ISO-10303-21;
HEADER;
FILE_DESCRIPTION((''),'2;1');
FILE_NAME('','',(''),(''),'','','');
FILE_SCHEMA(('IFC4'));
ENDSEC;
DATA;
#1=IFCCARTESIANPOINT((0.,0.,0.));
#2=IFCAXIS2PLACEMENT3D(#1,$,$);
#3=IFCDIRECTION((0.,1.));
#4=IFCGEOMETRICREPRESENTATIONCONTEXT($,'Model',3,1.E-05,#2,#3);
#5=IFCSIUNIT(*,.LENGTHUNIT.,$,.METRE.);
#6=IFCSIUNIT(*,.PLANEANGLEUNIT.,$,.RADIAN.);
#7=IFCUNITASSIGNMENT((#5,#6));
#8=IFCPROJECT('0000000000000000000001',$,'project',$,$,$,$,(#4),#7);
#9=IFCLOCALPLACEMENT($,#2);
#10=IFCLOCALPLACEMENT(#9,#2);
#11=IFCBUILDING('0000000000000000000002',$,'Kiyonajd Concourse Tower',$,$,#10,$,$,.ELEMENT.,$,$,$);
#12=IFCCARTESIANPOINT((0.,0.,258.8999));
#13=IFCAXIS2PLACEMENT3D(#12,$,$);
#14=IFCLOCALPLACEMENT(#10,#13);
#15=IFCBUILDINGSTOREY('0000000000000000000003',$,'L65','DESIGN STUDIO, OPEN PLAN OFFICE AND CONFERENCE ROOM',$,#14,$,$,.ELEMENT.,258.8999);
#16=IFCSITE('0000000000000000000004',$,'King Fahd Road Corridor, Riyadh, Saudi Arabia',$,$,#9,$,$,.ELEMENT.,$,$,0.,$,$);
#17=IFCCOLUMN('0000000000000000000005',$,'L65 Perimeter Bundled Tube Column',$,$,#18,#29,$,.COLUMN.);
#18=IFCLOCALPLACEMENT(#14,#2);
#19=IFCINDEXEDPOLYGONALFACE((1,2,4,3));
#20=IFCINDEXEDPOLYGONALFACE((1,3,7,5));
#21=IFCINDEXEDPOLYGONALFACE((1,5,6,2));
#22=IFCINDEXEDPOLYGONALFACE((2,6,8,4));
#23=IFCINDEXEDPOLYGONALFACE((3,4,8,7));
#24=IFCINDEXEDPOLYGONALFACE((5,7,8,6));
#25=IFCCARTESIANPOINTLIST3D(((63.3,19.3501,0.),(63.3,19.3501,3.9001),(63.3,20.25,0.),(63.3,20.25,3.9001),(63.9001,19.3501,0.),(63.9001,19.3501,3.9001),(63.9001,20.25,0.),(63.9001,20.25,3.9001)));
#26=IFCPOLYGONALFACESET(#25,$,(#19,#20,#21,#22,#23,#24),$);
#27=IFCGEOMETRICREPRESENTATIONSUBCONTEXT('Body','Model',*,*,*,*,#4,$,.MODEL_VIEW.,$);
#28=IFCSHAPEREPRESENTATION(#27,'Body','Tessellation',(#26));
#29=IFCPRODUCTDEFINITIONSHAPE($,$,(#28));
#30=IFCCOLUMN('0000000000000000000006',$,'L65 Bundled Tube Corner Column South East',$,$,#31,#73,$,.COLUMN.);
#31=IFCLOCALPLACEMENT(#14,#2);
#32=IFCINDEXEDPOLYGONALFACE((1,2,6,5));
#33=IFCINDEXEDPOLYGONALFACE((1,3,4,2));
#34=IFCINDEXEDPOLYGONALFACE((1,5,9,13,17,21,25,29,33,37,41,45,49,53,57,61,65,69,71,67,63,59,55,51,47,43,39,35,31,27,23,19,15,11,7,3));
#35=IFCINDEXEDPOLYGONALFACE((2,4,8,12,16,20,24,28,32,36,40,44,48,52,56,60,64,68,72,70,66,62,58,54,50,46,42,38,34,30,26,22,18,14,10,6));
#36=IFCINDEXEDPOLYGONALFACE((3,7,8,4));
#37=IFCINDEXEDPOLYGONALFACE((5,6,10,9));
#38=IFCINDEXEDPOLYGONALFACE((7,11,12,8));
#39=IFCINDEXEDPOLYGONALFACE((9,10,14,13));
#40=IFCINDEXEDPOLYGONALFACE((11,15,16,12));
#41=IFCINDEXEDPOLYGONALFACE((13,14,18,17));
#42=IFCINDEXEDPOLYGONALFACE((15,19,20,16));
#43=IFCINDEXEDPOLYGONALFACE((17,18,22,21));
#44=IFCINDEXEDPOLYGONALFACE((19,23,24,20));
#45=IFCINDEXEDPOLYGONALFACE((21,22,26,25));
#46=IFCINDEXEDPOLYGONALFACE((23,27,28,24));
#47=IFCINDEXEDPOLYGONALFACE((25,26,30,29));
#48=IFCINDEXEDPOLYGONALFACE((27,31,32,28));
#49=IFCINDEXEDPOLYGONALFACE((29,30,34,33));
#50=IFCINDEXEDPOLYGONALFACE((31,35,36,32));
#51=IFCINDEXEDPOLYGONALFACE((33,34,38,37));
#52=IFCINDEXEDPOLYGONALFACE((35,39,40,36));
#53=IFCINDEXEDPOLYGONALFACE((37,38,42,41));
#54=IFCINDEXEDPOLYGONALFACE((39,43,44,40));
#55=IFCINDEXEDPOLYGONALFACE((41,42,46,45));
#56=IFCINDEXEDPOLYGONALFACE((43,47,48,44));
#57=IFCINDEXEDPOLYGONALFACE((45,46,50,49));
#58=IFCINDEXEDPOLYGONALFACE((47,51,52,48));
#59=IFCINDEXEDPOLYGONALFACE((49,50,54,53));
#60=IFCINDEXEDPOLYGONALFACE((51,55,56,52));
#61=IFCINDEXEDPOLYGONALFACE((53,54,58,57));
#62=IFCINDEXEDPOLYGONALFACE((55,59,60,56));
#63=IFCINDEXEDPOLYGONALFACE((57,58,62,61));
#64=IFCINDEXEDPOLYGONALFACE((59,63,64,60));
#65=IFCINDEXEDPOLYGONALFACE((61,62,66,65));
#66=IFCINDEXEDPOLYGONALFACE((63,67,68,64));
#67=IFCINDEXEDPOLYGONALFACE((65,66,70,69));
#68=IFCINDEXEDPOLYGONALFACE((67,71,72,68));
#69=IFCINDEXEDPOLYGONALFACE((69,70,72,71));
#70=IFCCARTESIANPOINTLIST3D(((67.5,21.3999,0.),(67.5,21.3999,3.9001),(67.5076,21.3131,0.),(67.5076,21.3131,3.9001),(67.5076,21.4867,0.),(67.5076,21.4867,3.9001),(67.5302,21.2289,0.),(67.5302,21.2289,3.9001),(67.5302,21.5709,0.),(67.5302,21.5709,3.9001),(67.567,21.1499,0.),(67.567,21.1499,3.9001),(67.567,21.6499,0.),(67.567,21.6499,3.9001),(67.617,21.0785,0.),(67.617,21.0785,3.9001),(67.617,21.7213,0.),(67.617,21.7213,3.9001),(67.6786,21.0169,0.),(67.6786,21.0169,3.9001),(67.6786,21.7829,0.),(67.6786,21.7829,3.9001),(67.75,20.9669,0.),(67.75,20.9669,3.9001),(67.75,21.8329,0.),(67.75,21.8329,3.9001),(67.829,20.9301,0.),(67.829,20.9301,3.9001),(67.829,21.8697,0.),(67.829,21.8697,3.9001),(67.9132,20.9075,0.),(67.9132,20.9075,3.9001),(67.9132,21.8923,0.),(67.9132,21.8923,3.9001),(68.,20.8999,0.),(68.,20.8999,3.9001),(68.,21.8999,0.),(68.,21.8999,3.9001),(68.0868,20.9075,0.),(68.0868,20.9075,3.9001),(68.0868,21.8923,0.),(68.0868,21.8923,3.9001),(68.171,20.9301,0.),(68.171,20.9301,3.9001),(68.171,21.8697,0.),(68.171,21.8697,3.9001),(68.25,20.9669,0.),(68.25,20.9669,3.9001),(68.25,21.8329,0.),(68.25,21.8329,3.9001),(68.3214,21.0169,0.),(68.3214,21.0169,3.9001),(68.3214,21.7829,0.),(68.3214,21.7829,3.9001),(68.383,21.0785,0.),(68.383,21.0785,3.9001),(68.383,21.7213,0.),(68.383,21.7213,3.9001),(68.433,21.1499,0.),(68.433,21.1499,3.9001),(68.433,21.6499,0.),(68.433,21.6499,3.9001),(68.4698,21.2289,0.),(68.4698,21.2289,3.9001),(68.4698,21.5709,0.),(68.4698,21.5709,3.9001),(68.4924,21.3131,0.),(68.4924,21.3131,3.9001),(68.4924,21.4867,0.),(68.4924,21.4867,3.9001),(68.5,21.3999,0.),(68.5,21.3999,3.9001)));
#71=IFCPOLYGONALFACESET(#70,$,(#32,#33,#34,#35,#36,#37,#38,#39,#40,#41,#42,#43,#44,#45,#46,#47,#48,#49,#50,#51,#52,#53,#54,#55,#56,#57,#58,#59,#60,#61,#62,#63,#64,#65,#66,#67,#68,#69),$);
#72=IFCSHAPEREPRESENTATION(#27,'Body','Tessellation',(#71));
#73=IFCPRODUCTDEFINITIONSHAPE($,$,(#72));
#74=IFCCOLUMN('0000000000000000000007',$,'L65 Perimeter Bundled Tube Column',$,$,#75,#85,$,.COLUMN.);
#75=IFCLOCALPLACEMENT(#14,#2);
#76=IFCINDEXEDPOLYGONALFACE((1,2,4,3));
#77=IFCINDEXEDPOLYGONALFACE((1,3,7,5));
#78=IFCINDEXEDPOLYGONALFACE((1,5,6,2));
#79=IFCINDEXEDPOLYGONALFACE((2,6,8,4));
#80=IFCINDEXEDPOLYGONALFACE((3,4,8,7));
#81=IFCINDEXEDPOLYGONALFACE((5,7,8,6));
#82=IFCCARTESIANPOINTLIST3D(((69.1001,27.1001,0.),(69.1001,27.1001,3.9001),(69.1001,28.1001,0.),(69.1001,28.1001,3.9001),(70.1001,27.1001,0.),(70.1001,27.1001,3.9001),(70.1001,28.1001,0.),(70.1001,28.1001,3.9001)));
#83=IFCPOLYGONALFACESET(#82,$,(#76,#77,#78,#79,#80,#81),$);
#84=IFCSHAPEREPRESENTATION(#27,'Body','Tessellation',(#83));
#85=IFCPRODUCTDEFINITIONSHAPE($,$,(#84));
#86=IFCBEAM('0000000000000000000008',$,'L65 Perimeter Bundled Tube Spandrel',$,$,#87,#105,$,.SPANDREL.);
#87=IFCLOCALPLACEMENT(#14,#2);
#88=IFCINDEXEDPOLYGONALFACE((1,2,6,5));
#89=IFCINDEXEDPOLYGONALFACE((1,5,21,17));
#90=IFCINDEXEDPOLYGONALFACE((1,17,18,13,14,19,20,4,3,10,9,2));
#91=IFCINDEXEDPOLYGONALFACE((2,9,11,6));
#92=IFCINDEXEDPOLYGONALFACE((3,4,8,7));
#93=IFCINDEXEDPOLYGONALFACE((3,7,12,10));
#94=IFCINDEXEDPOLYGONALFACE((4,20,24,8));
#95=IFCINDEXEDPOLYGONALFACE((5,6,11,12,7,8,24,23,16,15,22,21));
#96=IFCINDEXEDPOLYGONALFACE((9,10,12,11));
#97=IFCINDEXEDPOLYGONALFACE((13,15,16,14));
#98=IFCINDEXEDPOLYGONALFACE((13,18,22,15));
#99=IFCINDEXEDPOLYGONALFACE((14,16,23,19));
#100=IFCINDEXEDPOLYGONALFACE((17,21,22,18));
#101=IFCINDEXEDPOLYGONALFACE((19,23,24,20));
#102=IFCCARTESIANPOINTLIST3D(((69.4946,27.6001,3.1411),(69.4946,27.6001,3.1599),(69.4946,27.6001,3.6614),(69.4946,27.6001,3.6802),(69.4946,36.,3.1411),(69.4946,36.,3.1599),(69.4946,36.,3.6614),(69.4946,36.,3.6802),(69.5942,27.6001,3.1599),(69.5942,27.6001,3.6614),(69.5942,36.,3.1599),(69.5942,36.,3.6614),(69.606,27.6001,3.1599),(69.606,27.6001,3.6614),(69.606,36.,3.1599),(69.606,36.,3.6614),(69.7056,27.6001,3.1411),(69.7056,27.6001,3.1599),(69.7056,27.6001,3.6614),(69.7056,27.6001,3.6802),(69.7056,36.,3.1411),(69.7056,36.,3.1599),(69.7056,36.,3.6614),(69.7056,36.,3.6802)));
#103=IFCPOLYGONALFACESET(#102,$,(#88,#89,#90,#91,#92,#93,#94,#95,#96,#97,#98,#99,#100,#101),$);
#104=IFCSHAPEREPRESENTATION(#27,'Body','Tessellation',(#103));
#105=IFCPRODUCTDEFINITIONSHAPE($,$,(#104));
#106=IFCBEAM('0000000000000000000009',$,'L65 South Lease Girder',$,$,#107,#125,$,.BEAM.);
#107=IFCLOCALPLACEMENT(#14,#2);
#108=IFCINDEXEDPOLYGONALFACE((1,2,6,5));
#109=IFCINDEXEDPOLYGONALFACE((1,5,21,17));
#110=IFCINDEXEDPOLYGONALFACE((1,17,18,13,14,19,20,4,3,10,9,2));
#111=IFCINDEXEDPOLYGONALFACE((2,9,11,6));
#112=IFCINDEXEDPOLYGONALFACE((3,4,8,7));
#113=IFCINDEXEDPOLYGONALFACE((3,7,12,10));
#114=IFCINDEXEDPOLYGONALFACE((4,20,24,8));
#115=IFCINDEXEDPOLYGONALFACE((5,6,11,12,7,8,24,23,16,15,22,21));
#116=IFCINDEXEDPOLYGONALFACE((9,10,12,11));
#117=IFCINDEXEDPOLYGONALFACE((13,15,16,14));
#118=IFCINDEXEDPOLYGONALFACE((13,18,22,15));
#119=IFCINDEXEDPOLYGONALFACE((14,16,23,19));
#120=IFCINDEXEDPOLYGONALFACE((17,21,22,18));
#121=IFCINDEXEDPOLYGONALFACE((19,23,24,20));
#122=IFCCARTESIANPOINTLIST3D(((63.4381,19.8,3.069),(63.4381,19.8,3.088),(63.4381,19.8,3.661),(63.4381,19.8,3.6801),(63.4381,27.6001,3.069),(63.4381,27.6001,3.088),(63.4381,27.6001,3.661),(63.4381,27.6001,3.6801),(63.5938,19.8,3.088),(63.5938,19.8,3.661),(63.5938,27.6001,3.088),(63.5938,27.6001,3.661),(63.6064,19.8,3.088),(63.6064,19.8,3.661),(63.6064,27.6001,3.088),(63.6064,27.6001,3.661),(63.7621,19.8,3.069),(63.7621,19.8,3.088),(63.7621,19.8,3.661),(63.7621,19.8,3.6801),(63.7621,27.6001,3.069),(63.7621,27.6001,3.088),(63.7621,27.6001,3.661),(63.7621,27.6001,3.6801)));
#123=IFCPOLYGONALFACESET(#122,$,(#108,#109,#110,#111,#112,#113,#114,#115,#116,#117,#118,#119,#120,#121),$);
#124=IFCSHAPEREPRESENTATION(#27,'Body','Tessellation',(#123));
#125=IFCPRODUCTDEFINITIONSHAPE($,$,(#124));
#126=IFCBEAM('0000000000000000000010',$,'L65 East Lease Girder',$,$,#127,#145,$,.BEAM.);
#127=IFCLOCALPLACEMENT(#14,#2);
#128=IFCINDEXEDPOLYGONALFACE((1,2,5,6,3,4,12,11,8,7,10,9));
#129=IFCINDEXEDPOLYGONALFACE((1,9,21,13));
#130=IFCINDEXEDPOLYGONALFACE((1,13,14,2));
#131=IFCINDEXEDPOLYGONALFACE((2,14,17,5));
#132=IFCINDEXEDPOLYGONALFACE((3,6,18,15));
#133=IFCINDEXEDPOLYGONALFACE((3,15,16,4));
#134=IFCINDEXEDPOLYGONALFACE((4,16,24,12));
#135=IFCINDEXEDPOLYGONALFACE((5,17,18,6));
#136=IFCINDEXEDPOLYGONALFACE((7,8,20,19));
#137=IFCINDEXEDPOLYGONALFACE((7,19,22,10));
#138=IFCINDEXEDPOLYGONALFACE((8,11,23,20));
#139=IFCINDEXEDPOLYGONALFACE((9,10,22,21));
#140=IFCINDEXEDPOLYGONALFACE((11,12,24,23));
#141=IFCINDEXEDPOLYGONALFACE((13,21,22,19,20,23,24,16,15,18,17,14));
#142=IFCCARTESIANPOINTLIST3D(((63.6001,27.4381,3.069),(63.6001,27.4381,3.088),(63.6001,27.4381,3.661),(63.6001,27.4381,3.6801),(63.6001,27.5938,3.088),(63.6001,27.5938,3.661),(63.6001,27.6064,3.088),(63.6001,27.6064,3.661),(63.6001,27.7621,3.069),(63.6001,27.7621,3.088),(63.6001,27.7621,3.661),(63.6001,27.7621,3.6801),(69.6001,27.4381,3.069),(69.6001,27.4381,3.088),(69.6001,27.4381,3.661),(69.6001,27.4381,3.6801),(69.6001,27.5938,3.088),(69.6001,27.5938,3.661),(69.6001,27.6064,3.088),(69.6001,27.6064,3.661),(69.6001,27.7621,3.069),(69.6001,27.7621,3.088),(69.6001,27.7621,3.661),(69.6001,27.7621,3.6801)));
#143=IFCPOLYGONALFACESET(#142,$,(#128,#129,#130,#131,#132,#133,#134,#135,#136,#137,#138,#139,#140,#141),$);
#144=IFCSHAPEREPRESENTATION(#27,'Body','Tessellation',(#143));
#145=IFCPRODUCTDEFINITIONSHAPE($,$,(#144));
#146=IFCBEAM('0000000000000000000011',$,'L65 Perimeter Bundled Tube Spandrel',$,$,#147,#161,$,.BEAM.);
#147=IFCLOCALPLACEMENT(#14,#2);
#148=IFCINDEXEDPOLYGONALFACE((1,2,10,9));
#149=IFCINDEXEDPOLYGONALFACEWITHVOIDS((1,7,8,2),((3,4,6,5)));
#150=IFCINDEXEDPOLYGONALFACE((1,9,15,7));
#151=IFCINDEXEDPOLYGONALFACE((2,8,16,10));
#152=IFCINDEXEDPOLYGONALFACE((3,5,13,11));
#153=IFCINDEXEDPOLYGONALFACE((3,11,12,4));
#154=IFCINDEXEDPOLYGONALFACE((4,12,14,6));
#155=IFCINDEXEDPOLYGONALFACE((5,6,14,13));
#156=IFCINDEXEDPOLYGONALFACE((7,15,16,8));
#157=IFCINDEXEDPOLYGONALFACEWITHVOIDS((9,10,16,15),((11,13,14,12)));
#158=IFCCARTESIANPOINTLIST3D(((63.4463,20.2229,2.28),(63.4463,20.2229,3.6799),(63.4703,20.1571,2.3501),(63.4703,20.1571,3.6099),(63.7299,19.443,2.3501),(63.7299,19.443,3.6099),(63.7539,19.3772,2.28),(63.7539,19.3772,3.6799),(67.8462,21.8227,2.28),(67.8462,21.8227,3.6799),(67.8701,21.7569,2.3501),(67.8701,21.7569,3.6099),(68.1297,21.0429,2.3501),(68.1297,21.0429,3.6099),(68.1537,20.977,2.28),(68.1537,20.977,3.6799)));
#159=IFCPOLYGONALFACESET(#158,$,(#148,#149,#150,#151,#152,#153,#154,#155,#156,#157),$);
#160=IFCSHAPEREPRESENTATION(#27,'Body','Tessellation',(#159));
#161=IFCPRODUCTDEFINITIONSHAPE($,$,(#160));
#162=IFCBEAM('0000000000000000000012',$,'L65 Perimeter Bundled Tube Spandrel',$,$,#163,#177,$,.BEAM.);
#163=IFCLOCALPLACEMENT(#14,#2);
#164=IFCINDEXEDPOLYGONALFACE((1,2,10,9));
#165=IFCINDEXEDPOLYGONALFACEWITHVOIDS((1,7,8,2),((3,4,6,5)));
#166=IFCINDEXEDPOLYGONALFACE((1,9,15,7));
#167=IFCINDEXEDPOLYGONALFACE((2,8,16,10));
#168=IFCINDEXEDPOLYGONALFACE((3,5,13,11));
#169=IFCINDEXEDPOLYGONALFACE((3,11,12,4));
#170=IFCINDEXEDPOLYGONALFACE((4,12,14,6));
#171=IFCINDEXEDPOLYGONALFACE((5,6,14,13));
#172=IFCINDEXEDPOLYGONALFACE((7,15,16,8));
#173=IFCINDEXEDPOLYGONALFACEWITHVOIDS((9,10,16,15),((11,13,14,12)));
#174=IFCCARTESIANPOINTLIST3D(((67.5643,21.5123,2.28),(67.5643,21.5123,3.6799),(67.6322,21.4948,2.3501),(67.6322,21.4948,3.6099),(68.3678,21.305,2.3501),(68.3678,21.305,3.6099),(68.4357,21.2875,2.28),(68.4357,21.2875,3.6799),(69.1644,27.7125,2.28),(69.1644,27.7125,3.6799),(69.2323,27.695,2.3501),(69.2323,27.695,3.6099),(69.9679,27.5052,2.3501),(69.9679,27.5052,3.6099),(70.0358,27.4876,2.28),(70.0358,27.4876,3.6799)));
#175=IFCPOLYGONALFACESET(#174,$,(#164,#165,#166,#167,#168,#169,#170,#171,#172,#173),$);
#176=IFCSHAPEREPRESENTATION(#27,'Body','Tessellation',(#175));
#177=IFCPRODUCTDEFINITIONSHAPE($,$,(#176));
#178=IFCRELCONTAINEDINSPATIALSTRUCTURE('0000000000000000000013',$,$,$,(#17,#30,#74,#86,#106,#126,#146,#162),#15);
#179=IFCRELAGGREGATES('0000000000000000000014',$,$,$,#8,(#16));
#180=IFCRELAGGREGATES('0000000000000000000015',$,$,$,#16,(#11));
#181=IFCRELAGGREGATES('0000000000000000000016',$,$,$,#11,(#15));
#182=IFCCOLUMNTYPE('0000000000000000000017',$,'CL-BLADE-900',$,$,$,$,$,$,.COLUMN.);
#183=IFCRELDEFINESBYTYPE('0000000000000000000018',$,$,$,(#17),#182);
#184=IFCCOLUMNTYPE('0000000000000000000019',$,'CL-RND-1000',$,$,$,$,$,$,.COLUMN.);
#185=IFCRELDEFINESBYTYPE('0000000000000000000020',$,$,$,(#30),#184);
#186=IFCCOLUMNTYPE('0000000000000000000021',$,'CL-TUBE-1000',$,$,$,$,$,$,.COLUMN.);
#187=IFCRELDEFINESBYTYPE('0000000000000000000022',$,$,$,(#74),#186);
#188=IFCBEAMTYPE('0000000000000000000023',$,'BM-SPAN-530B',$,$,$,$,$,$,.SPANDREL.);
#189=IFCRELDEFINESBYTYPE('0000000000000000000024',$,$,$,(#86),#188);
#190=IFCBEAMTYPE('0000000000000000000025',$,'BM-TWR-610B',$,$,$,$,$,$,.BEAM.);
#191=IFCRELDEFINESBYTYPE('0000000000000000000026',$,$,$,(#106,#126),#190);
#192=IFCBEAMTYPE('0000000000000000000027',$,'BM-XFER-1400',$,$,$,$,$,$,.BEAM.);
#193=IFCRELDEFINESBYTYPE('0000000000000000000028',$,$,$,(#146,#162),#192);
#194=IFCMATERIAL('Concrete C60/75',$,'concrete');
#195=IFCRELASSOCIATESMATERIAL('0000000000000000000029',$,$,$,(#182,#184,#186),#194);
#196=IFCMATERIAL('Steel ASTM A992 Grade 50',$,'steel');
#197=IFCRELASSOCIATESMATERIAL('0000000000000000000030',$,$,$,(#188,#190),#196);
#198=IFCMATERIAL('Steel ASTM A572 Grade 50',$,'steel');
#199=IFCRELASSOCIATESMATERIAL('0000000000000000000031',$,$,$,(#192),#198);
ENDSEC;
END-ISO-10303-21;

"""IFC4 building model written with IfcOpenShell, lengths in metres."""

from ifc_helpers import new_model, si_unit, direction, frame, origin, origin_2d, place, context, subcontext, project, spatial, rectangle, hollow_rectangle, circle, i_section, extrude, material, material_profile, profile_set, type_object, element, save


model = new_model("IFC4")

# Units and contexts
model_context = context("Model", 3, precision=1e-05, world=origin(), true_north=direction((0.0, 1.0)))
body_context = subcontext(model_context, "Body", "Model", "MODEL_VIEW")
ifc_project = project(units=[si_unit("LENGTHUNIT", "METRE"), si_unit("PLANEANGLEUNIT", "RADIAN")], contexts=[model_context])

# Site, building, storey
site_placement = place(None, origin())
site = spatial("IfcSite", under=ifc_project, at=site_placement, Name="King Fahd Road Corridor, Riyadh, Saudi Arabia", CompositionType="ELEMENT", RefElevation=0.0)
building_placement = place(site_placement, origin())
building = spatial("IfcBuilding", under=site, at=building_placement, Name="Kiyonajd Concourse Tower", CompositionType="ELEMENT")
storey_placement = place(building_placement, frame((0.0, 0.0, 258.8999)))
storey = spatial("IfcBuildingStorey", under=building, at=storey_placement, Name="L65", Description="DESIGN STUDIO, OPEN PLAN OFFICE AND CONFERENCE ROOM", CompositionType="ELEMENT", Elevation=258.8999)

# Columns
ifc_material_1 = material(Name="Concrete C60/75", Category="concrete")
ifc_material_profile_1 = material_profile(ifc_material_1, rectangle(XDim=0.6001, YDim=0.8999, at=origin_2d()), Name="RC-900x600")
ifc_profile_set_1 = profile_set([ifc_material_profile_1], Name="Concrete C60/75")
column_type_1 = type_object("IfcColumnType", Name="CL-BLADE-900", PredefinedType="COLUMN", material=ifc_profile_set_1)
column_1_placement = place(storey_placement, frame((63.6001, 19.8, 0.0), z_axis=(0.0, 0.0, 1.0), x_axis=(1.0, 0.0, 0.0)))
element("IfcColumn", 1, at=column_1_placement, inside=storey, type_object=column_type_1, Name="L65 Perimeter Bundled Tube Column", PredefinedType="COLUMN", context=body_context, shape_type="SweptSolid", body=[
    extrude(rectangle(XDim=0.6001, YDim=0.8999, at=origin_2d()), origin(), (0.0, 0.0, 1.0), 3.9001),
])
ifc_material_profile_2 = material_profile(ifc_material_1, circle(Radius=0.5, at=origin_2d()), Name="RCC-D1000")
ifc_profile_set_2 = profile_set([ifc_material_profile_2], Name="Concrete C60/75")
column_type_2 = type_object("IfcColumnType", Name="CL-RND-1000", PredefinedType="COLUMN", material=ifc_profile_set_2)
column_2_placement = place(storey_placement, frame((68.0, 21.3999, 0.0), z_axis=(0.0, 0.0, 1.0), x_axis=(1.0, 0.0, 0.0)))
element("IfcColumn", 2, at=column_2_placement, inside=storey, type_object=column_type_2, Name="L65 Bundled Tube Corner Column South East", PredefinedType="COLUMN", context=body_context, shape_type="SweptSolid", body=[
    extrude(circle(Radius=0.5, at=origin_2d()), origin(), (0.0, 0.0, 1.0), 3.9001),
])
ifc_material_profile_3 = material_profile(ifc_material_1, rectangle(XDim=1.0, YDim=1.0, at=origin_2d()), Name="RC-1000x1000")
ifc_profile_set_3 = profile_set([ifc_material_profile_3], Name="Concrete C60/75")
column_type_3 = type_object("IfcColumnType", Name="CL-TUBE-1000", PredefinedType="COLUMN", material=ifc_profile_set_3)
column_3_placement = place(storey_placement, frame((69.6001, 27.6001, 0.0), z_axis=(0.0, 0.0, 1.0), x_axis=(1.0, 0.0, 0.0)))
element("IfcColumn", 3, at=column_3_placement, inside=storey, type_object=column_type_3, Name="L65 Perimeter Bundled Tube Column", PredefinedType="COLUMN", context=body_context, shape_type="SweptSolid", body=[
    extrude(rectangle(XDim=1.0, YDim=1.0, at=origin_2d()), origin(), (0.0, 0.0, 1.0), 3.9001),
])

# Beams
ifc_material_2 = material(Name="Steel ASTM A992 Grade 50", Category="steel")
ifc_material_profile_4 = material_profile(ifc_material_2, i_section(OverallWidth=0.2109, OverallDepth=0.5391, WebThickness=0.0117, FlangeThickness=0.0188, at=origin_2d()), Name="W530X109")
ifc_profile_set_4 = profile_set([ifc_material_profile_4], Name="Steel ASTM A992 Grade 50")
beam_type_1 = type_object("IfcBeamType", Name="BM-SPAN-530B", PredefinedType="SPANDREL", material=ifc_profile_set_4)
beam_1_placement = place(storey_placement, frame((69.6001, 27.6001, 3.4106), z_axis=(0.0, 1.0, 0.0), x_axis=(-1.0, 0.0, 0.0)))
element("IfcBeam", 4, at=beam_1_placement, inside=storey, type_object=beam_type_1, Name="L65 Perimeter Bundled Tube Spandrel", PredefinedType="SPANDREL", context=body_context, shape_type="SweptSolid", body=[
    extrude(i_section(OverallWidth=0.2109, OverallDepth=0.5391, WebThickness=0.0117, FlangeThickness=0.0188, at=origin_2d()), origin(), (0.0, 0.0, 1.0), 8.3999),
])
ifc_material_profile_5 = material_profile(ifc_material_2, i_section(OverallWidth=0.324, OverallDepth=0.6111, WebThickness=0.0127, FlangeThickness=0.019, at=origin_2d()), Name="W610X155")
ifc_profile_set_5 = profile_set([ifc_material_profile_5], Name="Steel ASTM A992 Grade 50")
beam_type_2 = type_object("IfcBeamType", Name="BM-TWR-610B", PredefinedType="BEAM", material=ifc_profile_set_5)
beam_2_placement = place(storey_placement, frame((63.6001, 19.8, 3.3745), z_axis=(0.0, 1.0, 0.0), x_axis=(-1.0, 0.0, 0.0)))
element("IfcBeam", 5, at=beam_2_placement, inside=storey, type_object=beam_type_2, Name="L65 South Lease Girder", PredefinedType="BEAM", context=body_context, shape_type="SweptSolid", body=[
    extrude(i_section(OverallWidth=0.324, OverallDepth=0.6111, WebThickness=0.0127, FlangeThickness=0.019, at=origin_2d()), origin(), (0.0, 0.0, 1.0), 7.8),
])
beam_3_placement = place(storey_placement, frame((63.6001, 27.6001, 3.3745), z_axis=(1.0, 0.0, 0.0), x_axis=(0.0, 1.0, 0.0)))
element("IfcBeam", 6, at=beam_3_placement, inside=storey, type_object=beam_type_2, Name="L65 East Lease Girder", PredefinedType="BEAM", context=body_context, shape_type="SweptSolid", body=[
    extrude(i_section(OverallWidth=0.324, OverallDepth=0.6111, WebThickness=0.0127, FlangeThickness=0.019, at=origin_2d()), origin(), (0.0, 0.0, 1.0), 6.0),
])
ifc_material_3 = material(Name="Steel ASTM A572 Grade 50", Category="steel")
ifc_material_profile_6 = material_profile(ifc_material_3, hollow_rectangle(XDim=0.8999, YDim=1.3999, WallThickness=0.0701, at=origin_2d()), Name="BOX-1400x900x70")
ifc_profile_set_6 = profile_set([ifc_material_profile_6], Name="Steel ASTM A572 Grade 50")
beam_type_3 = type_object("IfcBeamType", Name="BM-XFER-1400", PredefinedType="BEAM", material=ifc_profile_set_6)
beam_4_placement = place(storey_placement, frame((63.6001, 19.8, 2.98), z_axis=(0.939801, 0.341722, 0.0), x_axis=(-0.341722, 0.939801, 0.0)))
element("IfcBeam", 7, at=beam_4_placement, inside=storey, type_object=beam_type_3, Name="L65 Perimeter Bundled Tube Spandrel", PredefinedType="BEAM", context=body_context, shape_type="SweptSolid", body=[
    extrude(hollow_rectangle(XDim=0.8999, YDim=1.3999, WallThickness=0.0701, at=origin_2d()), origin(), (0.0, 0.0, 1.0), 4.6816),
])
beam_5_placement = place(storey_placement, frame((68.0, 21.3999, 2.98), z_axis=(0.249885, 0.968276, 0.0), x_axis=(-0.968276, 0.249885, 0.0)))
element("IfcBeam", 8, at=beam_5_placement, inside=storey, type_object=beam_type_3, Name="L65 Perimeter Bundled Tube Spandrel", PredefinedType="BEAM", context=body_context, shape_type="SweptSolid", body=[
    extrude(hollow_rectangle(XDim=0.8999, YDim=1.3999, WallThickness=0.0701, at=origin_2d()), origin(), (0.0, 0.0, 1.0), 6.4033),
])

save(model, "model.ifc")
